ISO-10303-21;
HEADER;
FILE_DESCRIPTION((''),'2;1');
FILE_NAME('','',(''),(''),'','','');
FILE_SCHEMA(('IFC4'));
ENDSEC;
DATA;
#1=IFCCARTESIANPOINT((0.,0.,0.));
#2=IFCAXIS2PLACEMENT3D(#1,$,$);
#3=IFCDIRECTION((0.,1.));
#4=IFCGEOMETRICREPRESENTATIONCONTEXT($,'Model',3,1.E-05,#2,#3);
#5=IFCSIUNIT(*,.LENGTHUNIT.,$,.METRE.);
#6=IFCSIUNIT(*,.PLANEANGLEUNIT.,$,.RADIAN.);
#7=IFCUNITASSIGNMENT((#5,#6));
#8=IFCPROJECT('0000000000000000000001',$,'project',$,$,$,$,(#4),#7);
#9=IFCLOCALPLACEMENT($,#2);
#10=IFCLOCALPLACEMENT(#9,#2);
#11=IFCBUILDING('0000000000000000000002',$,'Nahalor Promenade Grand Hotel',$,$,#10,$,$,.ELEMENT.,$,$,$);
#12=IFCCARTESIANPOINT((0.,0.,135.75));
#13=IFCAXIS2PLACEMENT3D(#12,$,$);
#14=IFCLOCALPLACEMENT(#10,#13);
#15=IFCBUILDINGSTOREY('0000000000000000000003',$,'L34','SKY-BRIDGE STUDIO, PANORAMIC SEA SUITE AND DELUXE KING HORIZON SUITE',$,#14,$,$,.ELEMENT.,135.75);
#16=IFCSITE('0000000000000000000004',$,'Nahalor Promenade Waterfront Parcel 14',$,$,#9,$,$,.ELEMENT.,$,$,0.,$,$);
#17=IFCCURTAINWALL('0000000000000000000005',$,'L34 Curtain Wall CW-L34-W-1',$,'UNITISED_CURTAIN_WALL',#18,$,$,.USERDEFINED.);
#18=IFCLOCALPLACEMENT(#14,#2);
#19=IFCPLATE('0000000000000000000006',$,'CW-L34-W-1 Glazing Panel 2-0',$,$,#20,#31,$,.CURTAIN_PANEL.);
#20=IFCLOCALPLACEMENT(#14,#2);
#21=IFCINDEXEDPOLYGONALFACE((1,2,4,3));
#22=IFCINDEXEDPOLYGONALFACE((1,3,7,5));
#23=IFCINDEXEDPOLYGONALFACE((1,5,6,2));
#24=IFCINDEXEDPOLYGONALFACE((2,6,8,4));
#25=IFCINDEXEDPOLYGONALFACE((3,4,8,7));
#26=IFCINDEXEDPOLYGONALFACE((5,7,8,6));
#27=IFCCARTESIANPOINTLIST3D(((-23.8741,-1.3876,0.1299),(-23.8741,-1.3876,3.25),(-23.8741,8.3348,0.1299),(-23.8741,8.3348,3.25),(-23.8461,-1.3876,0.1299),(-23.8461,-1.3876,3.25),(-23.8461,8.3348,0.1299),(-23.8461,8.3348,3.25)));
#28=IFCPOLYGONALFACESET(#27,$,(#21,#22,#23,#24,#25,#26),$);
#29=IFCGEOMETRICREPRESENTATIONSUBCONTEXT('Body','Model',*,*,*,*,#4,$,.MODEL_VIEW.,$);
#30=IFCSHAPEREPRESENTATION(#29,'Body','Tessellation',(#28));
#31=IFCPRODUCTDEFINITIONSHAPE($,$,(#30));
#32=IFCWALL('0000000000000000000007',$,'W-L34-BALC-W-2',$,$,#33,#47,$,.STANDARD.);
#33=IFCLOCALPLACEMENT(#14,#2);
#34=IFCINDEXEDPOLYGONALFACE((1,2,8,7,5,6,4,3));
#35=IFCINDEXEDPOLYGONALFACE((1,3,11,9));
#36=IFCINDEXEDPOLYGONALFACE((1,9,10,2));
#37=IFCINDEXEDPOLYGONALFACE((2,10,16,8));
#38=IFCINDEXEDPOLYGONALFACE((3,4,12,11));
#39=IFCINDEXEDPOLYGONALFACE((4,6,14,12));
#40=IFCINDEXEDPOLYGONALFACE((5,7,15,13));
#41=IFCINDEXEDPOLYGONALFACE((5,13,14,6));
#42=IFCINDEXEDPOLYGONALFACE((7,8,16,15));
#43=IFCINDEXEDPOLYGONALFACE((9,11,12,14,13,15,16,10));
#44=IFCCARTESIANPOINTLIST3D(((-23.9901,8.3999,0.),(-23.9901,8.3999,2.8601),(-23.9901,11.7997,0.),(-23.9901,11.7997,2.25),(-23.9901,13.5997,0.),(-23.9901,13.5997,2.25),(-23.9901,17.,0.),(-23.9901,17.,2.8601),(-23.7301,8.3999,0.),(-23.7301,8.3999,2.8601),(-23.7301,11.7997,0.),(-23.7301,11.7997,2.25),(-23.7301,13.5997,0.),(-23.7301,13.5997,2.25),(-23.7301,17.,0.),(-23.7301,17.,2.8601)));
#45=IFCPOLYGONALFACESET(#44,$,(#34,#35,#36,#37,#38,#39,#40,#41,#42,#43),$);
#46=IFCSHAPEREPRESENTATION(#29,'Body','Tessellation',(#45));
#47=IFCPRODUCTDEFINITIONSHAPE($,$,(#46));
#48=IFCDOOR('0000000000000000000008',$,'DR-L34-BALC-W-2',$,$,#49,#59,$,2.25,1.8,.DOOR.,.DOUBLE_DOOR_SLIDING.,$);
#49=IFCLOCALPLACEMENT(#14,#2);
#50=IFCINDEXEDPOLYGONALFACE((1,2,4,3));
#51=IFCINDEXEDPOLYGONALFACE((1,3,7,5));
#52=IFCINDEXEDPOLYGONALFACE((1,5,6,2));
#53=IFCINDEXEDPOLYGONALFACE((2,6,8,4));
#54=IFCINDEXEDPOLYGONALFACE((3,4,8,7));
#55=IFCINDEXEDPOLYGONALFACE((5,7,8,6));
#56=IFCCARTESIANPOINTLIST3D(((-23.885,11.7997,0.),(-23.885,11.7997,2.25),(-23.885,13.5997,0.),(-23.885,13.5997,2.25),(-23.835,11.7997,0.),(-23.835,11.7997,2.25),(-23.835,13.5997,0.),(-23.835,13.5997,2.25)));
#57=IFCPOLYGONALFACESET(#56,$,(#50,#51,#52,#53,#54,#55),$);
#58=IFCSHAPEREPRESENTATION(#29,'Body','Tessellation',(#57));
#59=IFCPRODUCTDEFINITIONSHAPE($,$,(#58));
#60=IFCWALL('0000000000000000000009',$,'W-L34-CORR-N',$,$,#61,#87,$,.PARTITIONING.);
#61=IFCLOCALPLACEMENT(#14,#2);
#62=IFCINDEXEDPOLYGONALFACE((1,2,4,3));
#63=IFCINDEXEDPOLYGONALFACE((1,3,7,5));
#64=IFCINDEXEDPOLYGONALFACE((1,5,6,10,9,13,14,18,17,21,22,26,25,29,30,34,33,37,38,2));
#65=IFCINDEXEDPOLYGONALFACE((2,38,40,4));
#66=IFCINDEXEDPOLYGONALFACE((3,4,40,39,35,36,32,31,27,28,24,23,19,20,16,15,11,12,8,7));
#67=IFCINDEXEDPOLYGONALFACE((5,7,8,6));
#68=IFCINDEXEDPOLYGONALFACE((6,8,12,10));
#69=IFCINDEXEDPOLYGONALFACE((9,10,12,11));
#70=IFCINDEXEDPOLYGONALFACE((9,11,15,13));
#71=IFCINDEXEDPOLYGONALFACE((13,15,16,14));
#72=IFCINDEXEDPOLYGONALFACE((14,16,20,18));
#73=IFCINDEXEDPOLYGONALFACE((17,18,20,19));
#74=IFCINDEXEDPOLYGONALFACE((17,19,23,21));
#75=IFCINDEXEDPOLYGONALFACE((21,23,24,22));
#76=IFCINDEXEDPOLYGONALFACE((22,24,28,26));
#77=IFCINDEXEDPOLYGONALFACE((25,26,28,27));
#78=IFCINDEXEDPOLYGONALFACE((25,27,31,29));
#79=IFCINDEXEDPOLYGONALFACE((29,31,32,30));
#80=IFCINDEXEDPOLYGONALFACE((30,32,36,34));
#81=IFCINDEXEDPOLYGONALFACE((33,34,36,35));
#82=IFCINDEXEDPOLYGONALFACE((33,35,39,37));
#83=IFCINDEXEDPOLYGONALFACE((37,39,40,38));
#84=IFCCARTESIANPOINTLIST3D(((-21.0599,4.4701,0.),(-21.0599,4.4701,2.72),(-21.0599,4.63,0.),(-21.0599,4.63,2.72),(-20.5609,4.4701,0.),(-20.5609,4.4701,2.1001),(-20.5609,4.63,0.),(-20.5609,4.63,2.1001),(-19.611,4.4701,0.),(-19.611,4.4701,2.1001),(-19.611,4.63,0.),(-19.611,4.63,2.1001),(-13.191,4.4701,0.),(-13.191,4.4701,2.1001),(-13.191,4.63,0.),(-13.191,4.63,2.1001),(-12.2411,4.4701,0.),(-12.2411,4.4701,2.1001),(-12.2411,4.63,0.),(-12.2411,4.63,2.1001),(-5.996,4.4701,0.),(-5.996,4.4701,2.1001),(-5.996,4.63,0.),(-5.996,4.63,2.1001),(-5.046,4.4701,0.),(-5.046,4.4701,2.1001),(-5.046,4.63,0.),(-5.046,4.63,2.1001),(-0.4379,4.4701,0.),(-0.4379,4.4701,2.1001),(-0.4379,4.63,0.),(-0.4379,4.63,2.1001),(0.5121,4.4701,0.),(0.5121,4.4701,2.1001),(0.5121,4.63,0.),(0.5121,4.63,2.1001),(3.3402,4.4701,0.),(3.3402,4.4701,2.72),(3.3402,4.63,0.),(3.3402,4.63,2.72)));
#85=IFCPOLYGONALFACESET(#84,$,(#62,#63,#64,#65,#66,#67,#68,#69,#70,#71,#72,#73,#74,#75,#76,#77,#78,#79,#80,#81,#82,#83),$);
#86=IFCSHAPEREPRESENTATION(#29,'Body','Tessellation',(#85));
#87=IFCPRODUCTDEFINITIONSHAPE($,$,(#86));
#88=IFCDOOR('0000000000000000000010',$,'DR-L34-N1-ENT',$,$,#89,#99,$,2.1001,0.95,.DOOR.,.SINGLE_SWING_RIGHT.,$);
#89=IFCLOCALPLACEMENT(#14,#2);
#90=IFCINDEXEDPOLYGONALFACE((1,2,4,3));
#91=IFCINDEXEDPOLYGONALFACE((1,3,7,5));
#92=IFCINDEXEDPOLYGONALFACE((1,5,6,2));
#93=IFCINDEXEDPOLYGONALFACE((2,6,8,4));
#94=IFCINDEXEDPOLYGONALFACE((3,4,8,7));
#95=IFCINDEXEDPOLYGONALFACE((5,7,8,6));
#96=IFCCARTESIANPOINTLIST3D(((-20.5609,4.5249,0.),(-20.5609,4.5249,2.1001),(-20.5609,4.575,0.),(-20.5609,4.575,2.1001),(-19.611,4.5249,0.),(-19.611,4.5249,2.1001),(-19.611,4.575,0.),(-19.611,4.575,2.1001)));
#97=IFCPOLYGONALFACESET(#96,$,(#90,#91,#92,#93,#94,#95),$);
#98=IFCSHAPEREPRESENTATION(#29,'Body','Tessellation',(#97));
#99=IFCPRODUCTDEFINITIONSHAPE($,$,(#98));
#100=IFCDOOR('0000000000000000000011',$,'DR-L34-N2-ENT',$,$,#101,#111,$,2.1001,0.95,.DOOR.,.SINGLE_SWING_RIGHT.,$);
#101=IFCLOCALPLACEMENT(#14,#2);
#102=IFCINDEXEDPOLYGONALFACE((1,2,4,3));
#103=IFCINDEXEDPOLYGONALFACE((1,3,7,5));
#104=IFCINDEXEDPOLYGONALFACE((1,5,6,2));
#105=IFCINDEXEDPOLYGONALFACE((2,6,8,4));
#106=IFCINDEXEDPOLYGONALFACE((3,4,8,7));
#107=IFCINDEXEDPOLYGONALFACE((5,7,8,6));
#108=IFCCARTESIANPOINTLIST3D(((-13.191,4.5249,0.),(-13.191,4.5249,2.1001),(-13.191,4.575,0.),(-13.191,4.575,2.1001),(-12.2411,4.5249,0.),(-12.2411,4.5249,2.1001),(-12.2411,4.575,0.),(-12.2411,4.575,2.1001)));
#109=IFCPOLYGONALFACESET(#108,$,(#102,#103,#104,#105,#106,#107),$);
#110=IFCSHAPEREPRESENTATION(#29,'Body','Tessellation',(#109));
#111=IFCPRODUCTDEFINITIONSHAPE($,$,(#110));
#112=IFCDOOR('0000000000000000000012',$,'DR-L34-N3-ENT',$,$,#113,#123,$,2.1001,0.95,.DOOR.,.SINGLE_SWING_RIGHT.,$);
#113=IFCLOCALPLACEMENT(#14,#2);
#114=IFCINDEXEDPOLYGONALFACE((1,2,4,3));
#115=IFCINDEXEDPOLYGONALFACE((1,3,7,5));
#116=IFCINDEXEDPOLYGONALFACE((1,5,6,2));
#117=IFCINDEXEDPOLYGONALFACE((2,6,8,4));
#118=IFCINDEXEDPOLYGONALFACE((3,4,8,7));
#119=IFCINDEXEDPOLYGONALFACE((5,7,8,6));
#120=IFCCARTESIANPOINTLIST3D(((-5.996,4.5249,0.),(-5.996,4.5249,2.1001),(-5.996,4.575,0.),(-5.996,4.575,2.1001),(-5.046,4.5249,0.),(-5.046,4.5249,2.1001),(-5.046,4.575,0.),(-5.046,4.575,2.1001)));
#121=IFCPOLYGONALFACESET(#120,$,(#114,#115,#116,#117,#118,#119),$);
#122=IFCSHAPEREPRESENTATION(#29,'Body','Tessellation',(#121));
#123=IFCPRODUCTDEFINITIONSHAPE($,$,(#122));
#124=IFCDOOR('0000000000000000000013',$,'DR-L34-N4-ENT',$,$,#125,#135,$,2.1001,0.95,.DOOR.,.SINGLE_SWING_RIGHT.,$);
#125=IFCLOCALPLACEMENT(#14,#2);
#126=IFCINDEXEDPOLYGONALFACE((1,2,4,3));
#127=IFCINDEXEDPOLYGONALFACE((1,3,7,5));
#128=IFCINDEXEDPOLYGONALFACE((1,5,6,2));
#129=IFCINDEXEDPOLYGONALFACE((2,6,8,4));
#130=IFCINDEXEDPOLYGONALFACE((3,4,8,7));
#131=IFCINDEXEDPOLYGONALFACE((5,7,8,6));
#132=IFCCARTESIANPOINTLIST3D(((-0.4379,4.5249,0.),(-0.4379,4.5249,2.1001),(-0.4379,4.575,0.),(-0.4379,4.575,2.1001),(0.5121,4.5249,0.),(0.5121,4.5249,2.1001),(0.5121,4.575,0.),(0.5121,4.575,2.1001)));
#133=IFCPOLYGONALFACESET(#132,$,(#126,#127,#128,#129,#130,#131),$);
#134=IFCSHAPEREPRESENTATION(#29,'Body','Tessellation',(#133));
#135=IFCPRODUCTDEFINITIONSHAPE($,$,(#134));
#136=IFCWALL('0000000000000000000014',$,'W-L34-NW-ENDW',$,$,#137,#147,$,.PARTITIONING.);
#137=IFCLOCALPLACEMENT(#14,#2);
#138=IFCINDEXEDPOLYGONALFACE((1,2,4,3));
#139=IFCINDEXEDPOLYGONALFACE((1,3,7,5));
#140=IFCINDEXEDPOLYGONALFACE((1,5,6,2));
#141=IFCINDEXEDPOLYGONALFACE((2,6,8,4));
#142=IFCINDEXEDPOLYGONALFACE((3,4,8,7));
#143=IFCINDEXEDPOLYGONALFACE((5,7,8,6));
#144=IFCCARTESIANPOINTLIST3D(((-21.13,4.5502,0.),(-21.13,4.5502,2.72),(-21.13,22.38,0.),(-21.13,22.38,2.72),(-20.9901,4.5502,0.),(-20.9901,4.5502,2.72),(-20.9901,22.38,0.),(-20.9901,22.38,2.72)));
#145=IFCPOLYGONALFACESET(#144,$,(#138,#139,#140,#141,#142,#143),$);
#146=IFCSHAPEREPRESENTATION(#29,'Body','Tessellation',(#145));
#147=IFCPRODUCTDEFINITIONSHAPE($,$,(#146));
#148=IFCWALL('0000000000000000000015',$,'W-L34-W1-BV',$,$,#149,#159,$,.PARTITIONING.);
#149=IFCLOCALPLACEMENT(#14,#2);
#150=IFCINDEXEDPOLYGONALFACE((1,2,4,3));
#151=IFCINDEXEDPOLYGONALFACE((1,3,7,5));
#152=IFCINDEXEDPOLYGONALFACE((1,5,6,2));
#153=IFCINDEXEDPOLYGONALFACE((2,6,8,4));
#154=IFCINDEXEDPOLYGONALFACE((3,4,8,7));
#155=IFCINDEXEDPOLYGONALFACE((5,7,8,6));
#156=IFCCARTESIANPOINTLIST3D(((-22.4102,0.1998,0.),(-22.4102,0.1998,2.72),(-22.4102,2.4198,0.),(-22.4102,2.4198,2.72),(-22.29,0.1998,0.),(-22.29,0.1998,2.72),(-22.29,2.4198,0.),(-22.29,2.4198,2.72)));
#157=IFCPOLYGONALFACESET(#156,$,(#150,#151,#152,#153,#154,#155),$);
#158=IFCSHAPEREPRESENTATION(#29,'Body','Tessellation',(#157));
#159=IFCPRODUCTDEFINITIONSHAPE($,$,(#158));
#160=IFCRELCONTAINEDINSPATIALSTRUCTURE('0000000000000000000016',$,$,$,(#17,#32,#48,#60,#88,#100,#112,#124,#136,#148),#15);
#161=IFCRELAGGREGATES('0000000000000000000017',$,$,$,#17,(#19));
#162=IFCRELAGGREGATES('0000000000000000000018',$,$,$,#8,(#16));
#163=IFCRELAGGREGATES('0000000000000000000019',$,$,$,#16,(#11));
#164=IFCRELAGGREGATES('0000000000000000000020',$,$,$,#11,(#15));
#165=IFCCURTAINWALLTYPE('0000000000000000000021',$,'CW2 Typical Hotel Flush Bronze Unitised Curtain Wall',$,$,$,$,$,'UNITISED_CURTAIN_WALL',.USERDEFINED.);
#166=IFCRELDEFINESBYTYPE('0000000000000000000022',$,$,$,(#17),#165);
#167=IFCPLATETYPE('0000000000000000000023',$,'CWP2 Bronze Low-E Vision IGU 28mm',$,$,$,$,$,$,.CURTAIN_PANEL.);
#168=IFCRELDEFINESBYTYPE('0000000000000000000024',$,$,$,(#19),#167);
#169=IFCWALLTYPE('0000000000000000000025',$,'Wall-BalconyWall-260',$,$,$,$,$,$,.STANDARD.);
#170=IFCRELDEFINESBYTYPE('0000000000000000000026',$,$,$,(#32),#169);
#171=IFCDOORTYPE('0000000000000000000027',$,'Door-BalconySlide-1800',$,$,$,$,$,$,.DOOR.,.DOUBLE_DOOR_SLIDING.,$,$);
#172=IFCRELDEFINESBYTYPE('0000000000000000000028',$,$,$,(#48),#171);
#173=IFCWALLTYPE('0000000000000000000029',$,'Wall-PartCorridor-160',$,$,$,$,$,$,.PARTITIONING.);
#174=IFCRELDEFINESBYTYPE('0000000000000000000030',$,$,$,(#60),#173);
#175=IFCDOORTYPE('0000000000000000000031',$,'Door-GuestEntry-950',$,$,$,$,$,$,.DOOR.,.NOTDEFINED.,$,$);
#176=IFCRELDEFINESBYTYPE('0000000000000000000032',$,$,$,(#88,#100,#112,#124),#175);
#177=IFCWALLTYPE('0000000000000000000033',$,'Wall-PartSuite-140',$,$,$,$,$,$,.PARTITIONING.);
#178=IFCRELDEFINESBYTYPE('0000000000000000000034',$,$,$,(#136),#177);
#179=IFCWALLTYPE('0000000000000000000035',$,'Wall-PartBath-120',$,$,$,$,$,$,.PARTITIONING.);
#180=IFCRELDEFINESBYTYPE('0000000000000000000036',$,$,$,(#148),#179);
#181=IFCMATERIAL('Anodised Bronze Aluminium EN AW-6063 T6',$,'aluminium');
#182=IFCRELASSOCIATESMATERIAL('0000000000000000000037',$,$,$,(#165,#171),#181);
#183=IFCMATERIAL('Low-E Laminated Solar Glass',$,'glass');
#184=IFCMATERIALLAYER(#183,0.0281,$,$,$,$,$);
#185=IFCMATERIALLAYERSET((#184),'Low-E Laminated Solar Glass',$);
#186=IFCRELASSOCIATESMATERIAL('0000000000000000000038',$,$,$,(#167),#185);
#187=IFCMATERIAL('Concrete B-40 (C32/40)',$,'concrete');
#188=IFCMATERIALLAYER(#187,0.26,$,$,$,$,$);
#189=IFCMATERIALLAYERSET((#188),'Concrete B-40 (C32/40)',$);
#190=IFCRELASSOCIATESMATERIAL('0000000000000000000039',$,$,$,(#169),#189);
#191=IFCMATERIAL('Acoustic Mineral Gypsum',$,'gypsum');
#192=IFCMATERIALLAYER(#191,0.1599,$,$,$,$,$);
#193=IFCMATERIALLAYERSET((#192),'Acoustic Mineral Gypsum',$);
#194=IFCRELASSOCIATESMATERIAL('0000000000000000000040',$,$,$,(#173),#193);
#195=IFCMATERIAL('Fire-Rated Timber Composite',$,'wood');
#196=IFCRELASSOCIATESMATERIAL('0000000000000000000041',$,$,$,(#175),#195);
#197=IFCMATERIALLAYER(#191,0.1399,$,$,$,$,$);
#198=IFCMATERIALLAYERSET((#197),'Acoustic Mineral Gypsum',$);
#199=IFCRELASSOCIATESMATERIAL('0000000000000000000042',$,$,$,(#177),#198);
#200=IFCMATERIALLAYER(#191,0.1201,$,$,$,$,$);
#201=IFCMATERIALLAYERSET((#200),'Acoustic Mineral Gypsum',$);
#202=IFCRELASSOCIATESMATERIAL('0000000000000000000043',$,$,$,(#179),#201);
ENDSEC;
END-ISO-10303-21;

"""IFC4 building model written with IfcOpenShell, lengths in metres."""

from ifc_helpers import new_model, si_unit, direction, frame, frame_2d, origin, origin_2d, place, context, subcontext, project, spatial, rectangle, extrude, source, transform, mapped, material, layer, layer_set, type_object, element, fill, aggregate, save


model = new_model("IFC4")

# Units and contexts
model_context = context("Model", 3, precision=1e-05, world=origin(), true_north=direction((0.0, 1.0)))
body_context = subcontext(model_context, "Body", "Model", "MODEL_VIEW")
ifc_project = project(units=[si_unit("LENGTHUNIT", "METRE"), si_unit("PLANEANGLEUNIT", "RADIAN")], contexts=[model_context])

# Site, building, storey
site_placement = place(None, origin())
site = spatial("IfcSite", under=ifc_project, at=site_placement, Name="Nahalor Promenade Waterfront Parcel 14", CompositionType="ELEMENT", RefElevation=0.0)
building_placement = place(site_placement, origin())
building = spatial("IfcBuilding", under=site, at=building_placement, Name="Nahalor Promenade Grand Hotel", CompositionType="ELEMENT")
storey_placement = place(building_placement, frame((0.0, 0.0, 135.75)))
storey = spatial("IfcBuildingStorey", under=building, at=storey_placement, Name="L34", Description="SKY-BRIDGE STUDIO, PANORAMIC SEA SUITE AND DELUXE KING HORIZON SUITE", CompositionType="ELEMENT", Elevation=135.75)

# Curtain wall, plate
ifc_material_1 = material(Name="Anodised Bronze Aluminium EN AW-6063 T6", Category="aluminium")
curtain_wall_type = type_object("IfcCurtainWallType", Name="CW2 Typical Hotel Flush Bronze Unitised Curtain Wall", ElementType="UNITISED_CURTAIN_WALL", PredefinedType="USERDEFINED", material=ifc_material_1)
curtain_wall_placement = place(storey_placement, origin())
curtain_wall = element("IfcCurtainWall", 1, at=curtain_wall_placement, inside=storey, type_object=curtain_wall_type, Name="L34 Curtain Wall CW-L34-W-1", ObjectType="UNITISED_CURTAIN_WALL", PredefinedType="USERDEFINED")
ifc_material_2 = material(Name="Low-E Laminated Solar Glass", Category="glass")
ifc_layer_1 = layer(ifc_material_2, 0.0281)
ifc_layer_set_1 = layer_set([ifc_layer_1], Name="Low-E Laminated Solar Glass")
plate_type = type_object("IfcPlateType", Name="CWP2 Bronze Low-E Vision IGU 28mm", PredefinedType="CURTAIN_PANEL", material=ifc_layer_set_1)
shared_shape_1 = source(origin(), body_context, "Body", "SweptSolid", [
    extrude(rectangle(XDim=9.7224, YDim=0.0281, at=origin_2d()), origin(), (0.0, 0.0, 1.0), 3.1201),
])
plate_placement = place(storey_placement, frame((-23.8601, 3.4736, 0.1299), z_axis=(0.0, 0.0, 1.0), x_axis=(0.0, 1.0, 0.0)))
plate = element("IfcPlate", 2, at=plate_placement, type_object=plate_type, Name="CW-L34-W-1 Glazing Panel 2-0", PredefinedType="CURTAIN_PANEL", context=body_context, shape_type="MappedRepresentation", body=[
    mapped(shared_shape_1, transform((0.0, 0.0, 0.0), scale=1.0)),
])
aggregate(curtain_wall, [plate])

# Wall, opening, door
ifc_material_3 = material(Name="Concrete B-40 (C32/40)", Category="concrete")
ifc_layer_2 = layer(ifc_material_3, 0.26)
ifc_layer_set_2 = layer_set([ifc_layer_2], Name="Concrete B-40 (C32/40)")
wall_type_1 = type_object("IfcWallType", Name="Wall-BalconyWall-260", PredefinedType="STANDARD", material=ifc_layer_set_2)
shared_shape_2 = source(origin(), body_context, "Body", "SweptSolid", [
    extrude(rectangle(XDim=8.6001, YDim=0.26, at=frame_2d((4.3, 0.0))), origin(), (0.0, 0.0, 1.0), 2.8601),
])
wall_1_placement = place(storey_placement, frame((-23.8601, 8.3999, 0.0), z_axis=(0.0, 0.0, 1.0), x_axis=(0.0, 1.0, 0.0)))
wall_1 = element("IfcWall", 3, at=wall_1_placement, inside=storey, type_object=wall_type_1, Name="W-L34-BALC-W-2", PredefinedType="STANDARD", context=body_context, shape_type="MappedRepresentation", body=[
    mapped(shared_shape_2, transform((0.0, 0.0, 0.0), scale=1.0)),
])
opening_1_placement = place(wall_1_placement, frame((3.3999, 0.0, 0.0)))
opening_1 = element("IfcOpeningElement", 4, at=opening_1_placement, cuts=wall_1, PredefinedType="OPENING", context=body_context, shape_type="SweptSolid", body=[
    extrude(rectangle(XDim=1.8, YDim=2.25, at=frame_2d((0.8999, 1.125))), frame((0.0, 0.1399, 0.0), z_axis=(0.0, -1.0, 0.0), x_axis=(1.0, 0.0, 0.0)), (0.0, 0.0, 1.0), 0.28),
])
door_type_1 = type_object("IfcDoorType", Name="Door-BalconySlide-1800", OperationType="DOUBLE_DOOR_SLIDING", PredefinedType="DOOR", material=ifc_material_1)
shared_shape_3 = source(origin(), body_context, "Body", "SweptSolid", [
    extrude(rectangle(XDim=1.8, YDim=2.25, at=frame_2d((0.8999, 1.125))), frame((0.0, 0.0249, 0.0), z_axis=(0.0, -1.0, 0.0), x_axis=(1.0, 0.0, 0.0)), (0.0, 0.0, 1.0), 0.05),
])
door_1_placement = place(opening_1_placement, origin())
door_1 = element("IfcDoor", 5, at=door_1_placement, inside=storey, type_object=door_type_1, Name="DR-L34-BALC-W-2", OperationType="DOUBLE_DOOR_SLIDING", OverallHeight=2.25, OverallWidth=1.8, PredefinedType="DOOR", context=body_context, shape_type="MappedRepresentation", body=[
    mapped(shared_shape_3, transform((0.0, 0.0, 0.0), scale=1.0)),
])
fill(opening_1, door_1)

# Wall, openings, doors
ifc_material_4 = material(Name="Acoustic Mineral Gypsum", Category="gypsum")
ifc_layer_3 = layer(ifc_material_4, 0.1599)
ifc_layer_set_3 = layer_set([ifc_layer_3], Name="Acoustic Mineral Gypsum")
wall_type_2 = type_object("IfcWallType", Name="Wall-PartCorridor-160", PredefinedType="PARTITIONING", material=ifc_layer_set_3)
shared_shape_4 = source(origin(), body_context, "Body", "SweptSolid", [
    extrude(rectangle(XDim=24.4001, YDim=0.1599, at=frame_2d((12.2002, 0.0))), origin(), (0.0, 0.0, 1.0), 2.72),
])
wall_2_placement = place(storey_placement, frame((-21.0601, 4.55, 0.0), z_axis=(0.0, 0.0, 1.0), x_axis=(1.0, 0.0, 0.0)))
wall_2 = element("IfcWall", 6, at=wall_2_placement, inside=storey, type_object=wall_type_2, Name="W-L34-CORR-N", PredefinedType="PARTITIONING", context=body_context, shape_type="MappedRepresentation", body=[
    mapped(shared_shape_4, transform((0.0, 0.0, 0.0), scale=1.0)),
])
opening_2_placement = place(wall_2_placement, frame((0.499, 0.0, 0.0)))
opening_2 = element("IfcOpeningElement", 7, at=opening_2_placement, cuts=wall_2, PredefinedType="OPENING", context=body_context, shape_type="SweptSolid", body=[
    extrude(rectangle(XDim=0.95, YDim=2.1001, at=frame_2d((0.4751, 1.05))), frame((0.0, 0.0898, 0.0), z_axis=(0.0, -1.0, 0.0), x_axis=(1.0, 0.0, 0.0)), (0.0, 0.0, 1.0), 0.1799),
])
opening_3_placement = place(wall_2_placement, frame((7.8689, 0.0, 0.0)))
opening_3 = element("IfcOpeningElement", 8, at=opening_3_placement, cuts=wall_2, PredefinedType="OPENING", context=body_context, shape_type="SweptSolid", body=[
    extrude(rectangle(XDim=0.95, YDim=2.1001, at=frame_2d((0.4751, 1.05))), frame((0.0, 0.0898, 0.0), z_axis=(0.0, -1.0, 0.0), x_axis=(1.0, 0.0, 0.0)), (0.0, 0.0, 1.0), 0.1799),
])
opening_4_placement = place(wall_2_placement, frame((15.064, 0.0, 0.0)))
opening_4 = element("IfcOpeningElement", 9, at=opening_4_placement, cuts=wall_2, PredefinedType="OPENING", context=body_context, shape_type="SweptSolid", body=[
    extrude(rectangle(XDim=0.95, YDim=2.1001, at=frame_2d((0.4751, 1.05))), frame((0.0, 0.0898, 0.0), z_axis=(0.0, -1.0, 0.0), x_axis=(1.0, 0.0, 0.0)), (0.0, 0.0, 1.0), 0.1799),
])
opening_5_placement = place(wall_2_placement, frame((20.6221, 0.0, 0.0)))
opening_5 = element("IfcOpeningElement", 10, at=opening_5_placement, cuts=wall_2, PredefinedType="OPENING", context=body_context, shape_type="SweptSolid", body=[
    extrude(rectangle(XDim=0.95, YDim=2.1001, at=frame_2d((0.4751, 1.05))), frame((0.0, 0.0898, 0.0), z_axis=(0.0, -1.0, 0.0), x_axis=(1.0, 0.0, 0.0)), (0.0, 0.0, 1.0), 0.1799),
])
ifc_material_5 = material(Name="Fire-Rated Timber Composite", Category="wood")
door_type_2 = type_object("IfcDoorType", Name="Door-GuestEntry-950", OperationType="NOTDEFINED", PredefinedType="DOOR", material=ifc_material_5)
shared_shape_5 = source(origin(), body_context, "Body", "SweptSolid", [
    extrude(rectangle(XDim=0.95, YDim=2.1001, at=frame_2d((0.4751, 1.05))), frame((0.0, 0.0249, 0.0), z_axis=(0.0, -1.0, 0.0), x_axis=(1.0, 0.0, 0.0)), (0.0, 0.0, 1.0), 0.05),
])
door_2_placement = place(opening_2_placement, origin())
door_2 = element("IfcDoor", 11, at=door_2_placement, inside=storey, type_object=door_type_2, Name="DR-L34-N1-ENT", OperationType="SINGLE_SWING_RIGHT", OverallHeight=2.1001, OverallWidth=0.95, PredefinedType="DOOR", context=body_context, shape_type="MappedRepresentation", body=[
    mapped(shared_shape_5, transform((0.0, 0.0, 0.0), scale=1.0)),
])
fill(opening_2, door_2)
door_3_placement = place(opening_3_placement, origin())
door_3 = element("IfcDoor", 12, at=door_3_placement, inside=storey, type_object=door_type_2, Name="DR-L34-N2-ENT", OperationType="SINGLE_SWING_RIGHT", OverallHeight=2.1001, OverallWidth=0.95, PredefinedType="DOOR", context=body_context, shape_type="MappedRepresentation", body=[
    mapped(shared_shape_5, transform((0.0, 0.0, 0.0), scale=1.0)),
])
fill(opening_3, door_3)
door_4_placement = place(opening_4_placement, origin())
door_4 = element("IfcDoor", 13, at=door_4_placement, inside=storey, type_object=door_type_2, Name="DR-L34-N3-ENT", OperationType="SINGLE_SWING_RIGHT", OverallHeight=2.1001, OverallWidth=0.95, PredefinedType="DOOR", context=body_context, shape_type="MappedRepresentation", body=[
    mapped(shared_shape_5, transform((0.0, 0.0, 0.0), scale=1.0)),
])
fill(opening_4, door_4)
door_5_placement = place(opening_5_placement, origin())
door_5 = element("IfcDoor", 14, at=door_5_placement, inside=storey, type_object=door_type_2, Name="DR-L34-N4-ENT", OperationType="SINGLE_SWING_RIGHT", OverallHeight=2.1001, OverallWidth=0.95, PredefinedType="DOOR", context=body_context, shape_type="MappedRepresentation", body=[
    mapped(shared_shape_5, transform((0.0, 0.0, 0.0), scale=1.0)),
])
fill(opening_5, door_5)

# Walls
ifc_layer_4 = layer(ifc_material_4, 0.1399)
ifc_layer_set_4 = layer_set([ifc_layer_4], Name="Acoustic Mineral Gypsum")
wall_type_3 = type_object("IfcWallType", Name="Wall-PartSuite-140", PredefinedType="PARTITIONING", material=ifc_layer_set_4)
shared_shape_6 = source(origin(), body_context, "Body", "SweptSolid", [
    extrude(rectangle(XDim=17.8298, YDim=0.1399, at=frame_2d((8.915, 0.0))), origin(), (0.0, 0.0, 1.0), 2.72),
])
wall_3_placement = place(storey_placement, frame((-21.0601, 4.55, 0.0), z_axis=(0.0, 0.0, 1.0), x_axis=(0.0, 1.0, 0.0)))
element("IfcWall", 15, at=wall_3_placement, inside=storey, type_object=wall_type_3, Name="W-L34-NW-ENDW", PredefinedType="PARTITIONING", context=body_context, shape_type="MappedRepresentation", body=[
    mapped(shared_shape_6, transform((0.0, 0.0, 0.0), scale=1.0)),
])
ifc_layer_5 = layer(ifc_material_4, 0.1201)
ifc_layer_set_5 = layer_set([ifc_layer_5], Name="Acoustic Mineral Gypsum")
wall_type_4 = type_object("IfcWallType", Name="Wall-PartBath-120", PredefinedType="PARTITIONING", material=ifc_layer_set_5)
shared_shape_7 = source(origin(), body_context, "Body", "SweptSolid", [
    extrude(rectangle(XDim=2.22, YDim=0.1201, at=frame_2d((1.1099, 0.0))), origin(), (0.0, 0.0, 1.0), 2.72),
])
wall_4_placement = place(storey_placement, frame((-22.3501, 0.2, 0.0), z_axis=(0.0, 0.0, 1.0), x_axis=(0.0, 1.0, 0.0)))
element("IfcWall", 16, at=wall_4_placement, inside=storey, type_object=wall_type_4, Name="W-L34-W1-BV", PredefinedType="PARTITIONING", context=body_context, shape_type="MappedRepresentation", body=[
    mapped(shared_shape_7, transform((0.0, 0.0, 0.0), scale=1.0)),
])

save(model, "model.ifc")
